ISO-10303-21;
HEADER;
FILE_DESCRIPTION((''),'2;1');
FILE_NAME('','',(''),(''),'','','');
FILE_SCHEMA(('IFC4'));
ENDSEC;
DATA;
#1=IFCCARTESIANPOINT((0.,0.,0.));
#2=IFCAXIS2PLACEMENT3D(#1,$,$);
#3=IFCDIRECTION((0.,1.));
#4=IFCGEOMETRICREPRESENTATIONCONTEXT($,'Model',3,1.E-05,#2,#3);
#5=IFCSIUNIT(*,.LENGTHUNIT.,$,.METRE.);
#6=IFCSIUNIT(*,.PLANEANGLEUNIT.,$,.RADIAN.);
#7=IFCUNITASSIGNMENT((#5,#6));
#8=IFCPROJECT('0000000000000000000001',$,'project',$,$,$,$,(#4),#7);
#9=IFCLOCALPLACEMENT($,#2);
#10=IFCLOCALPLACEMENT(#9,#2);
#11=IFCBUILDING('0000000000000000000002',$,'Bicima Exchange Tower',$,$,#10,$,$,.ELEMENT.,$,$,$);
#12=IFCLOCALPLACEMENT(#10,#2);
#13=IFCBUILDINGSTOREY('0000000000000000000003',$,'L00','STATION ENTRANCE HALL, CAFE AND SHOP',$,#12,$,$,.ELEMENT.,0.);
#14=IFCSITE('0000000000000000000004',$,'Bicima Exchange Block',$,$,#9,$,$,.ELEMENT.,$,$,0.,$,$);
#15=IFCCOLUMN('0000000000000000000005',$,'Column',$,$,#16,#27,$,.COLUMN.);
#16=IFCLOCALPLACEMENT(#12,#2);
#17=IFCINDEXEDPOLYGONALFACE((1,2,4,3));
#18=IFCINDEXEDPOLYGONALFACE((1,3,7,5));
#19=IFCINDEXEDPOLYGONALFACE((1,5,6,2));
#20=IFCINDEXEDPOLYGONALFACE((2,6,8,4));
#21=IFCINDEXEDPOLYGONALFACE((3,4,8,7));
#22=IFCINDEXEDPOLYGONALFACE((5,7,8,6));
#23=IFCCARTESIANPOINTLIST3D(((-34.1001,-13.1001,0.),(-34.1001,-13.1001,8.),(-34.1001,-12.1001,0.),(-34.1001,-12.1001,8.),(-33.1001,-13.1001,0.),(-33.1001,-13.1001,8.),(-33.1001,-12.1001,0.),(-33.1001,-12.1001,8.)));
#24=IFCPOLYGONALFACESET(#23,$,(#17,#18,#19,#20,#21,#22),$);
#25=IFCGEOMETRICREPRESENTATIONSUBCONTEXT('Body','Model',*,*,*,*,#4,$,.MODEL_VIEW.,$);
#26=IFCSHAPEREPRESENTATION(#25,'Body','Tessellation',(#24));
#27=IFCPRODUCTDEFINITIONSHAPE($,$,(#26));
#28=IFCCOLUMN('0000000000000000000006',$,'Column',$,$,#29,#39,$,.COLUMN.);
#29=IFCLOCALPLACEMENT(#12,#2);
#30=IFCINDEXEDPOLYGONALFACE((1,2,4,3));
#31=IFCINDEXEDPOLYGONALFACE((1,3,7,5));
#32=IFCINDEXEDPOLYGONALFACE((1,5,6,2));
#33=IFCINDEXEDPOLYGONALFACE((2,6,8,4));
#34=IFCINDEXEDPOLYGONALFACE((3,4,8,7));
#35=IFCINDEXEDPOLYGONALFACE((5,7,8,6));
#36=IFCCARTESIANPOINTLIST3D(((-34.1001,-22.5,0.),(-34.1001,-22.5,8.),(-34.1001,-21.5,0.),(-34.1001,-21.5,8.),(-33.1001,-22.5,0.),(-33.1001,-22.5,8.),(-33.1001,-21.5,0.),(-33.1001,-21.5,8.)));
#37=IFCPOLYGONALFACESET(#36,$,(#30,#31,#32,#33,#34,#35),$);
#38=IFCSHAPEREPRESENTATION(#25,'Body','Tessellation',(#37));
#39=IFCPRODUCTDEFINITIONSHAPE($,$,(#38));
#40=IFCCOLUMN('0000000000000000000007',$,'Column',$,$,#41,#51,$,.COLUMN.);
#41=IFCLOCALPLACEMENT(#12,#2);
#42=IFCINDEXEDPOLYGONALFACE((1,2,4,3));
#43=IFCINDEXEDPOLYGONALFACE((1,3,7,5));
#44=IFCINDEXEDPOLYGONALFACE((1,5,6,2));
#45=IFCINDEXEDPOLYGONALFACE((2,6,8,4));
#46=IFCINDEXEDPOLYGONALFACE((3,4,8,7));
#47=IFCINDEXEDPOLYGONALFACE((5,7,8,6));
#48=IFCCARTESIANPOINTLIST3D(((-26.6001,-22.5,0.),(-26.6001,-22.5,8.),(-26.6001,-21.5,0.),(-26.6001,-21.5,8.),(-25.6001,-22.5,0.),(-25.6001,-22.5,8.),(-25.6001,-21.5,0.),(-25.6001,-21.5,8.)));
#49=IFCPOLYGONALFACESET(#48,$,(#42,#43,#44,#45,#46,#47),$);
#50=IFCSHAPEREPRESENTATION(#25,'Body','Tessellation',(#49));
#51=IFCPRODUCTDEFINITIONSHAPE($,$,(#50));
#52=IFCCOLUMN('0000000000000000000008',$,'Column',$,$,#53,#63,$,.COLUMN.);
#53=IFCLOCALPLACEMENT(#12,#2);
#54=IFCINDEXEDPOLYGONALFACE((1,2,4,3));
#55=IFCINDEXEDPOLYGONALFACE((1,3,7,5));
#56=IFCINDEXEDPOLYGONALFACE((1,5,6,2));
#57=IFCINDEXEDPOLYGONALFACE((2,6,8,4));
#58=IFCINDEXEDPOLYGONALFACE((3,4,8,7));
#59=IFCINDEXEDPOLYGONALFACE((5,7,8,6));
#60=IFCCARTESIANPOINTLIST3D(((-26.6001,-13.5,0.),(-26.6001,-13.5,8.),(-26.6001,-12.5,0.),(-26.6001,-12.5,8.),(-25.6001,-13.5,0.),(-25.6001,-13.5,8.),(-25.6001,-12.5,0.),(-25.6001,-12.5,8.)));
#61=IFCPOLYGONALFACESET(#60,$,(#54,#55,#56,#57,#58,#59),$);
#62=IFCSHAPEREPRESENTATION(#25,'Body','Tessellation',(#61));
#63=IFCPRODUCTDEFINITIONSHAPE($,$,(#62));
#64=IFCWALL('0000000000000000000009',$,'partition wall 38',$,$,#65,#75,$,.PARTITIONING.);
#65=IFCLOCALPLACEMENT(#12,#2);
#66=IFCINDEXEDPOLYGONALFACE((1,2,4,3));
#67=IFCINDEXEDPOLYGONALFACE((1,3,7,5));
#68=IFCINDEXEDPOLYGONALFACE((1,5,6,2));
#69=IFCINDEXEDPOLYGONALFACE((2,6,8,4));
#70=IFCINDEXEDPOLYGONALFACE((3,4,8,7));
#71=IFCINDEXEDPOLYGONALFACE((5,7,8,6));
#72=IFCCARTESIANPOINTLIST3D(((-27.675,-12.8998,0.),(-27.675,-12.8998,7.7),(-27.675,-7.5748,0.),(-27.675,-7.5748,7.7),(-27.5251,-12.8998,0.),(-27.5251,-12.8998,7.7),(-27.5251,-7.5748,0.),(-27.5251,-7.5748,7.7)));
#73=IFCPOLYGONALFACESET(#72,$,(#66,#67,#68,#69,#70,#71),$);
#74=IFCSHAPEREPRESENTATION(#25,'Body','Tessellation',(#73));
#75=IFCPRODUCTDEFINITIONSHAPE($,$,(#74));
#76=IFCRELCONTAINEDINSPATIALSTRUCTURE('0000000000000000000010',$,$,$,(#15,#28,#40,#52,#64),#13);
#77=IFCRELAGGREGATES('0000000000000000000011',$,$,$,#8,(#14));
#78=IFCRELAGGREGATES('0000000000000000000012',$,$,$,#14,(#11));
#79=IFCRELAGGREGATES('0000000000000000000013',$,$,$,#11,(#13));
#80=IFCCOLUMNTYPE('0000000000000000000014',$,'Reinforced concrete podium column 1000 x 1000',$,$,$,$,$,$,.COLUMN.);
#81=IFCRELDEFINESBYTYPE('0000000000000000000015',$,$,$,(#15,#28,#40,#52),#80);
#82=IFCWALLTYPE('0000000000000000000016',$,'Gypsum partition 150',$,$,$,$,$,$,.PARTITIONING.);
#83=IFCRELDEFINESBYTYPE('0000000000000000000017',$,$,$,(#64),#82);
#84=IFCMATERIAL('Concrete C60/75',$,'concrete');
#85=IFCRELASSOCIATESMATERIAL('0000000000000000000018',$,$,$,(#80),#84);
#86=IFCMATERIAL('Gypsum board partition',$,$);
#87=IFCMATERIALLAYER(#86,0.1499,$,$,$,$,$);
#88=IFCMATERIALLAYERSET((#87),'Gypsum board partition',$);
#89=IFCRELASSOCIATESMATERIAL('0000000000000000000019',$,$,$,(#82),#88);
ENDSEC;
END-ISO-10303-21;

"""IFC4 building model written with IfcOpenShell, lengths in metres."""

from ifc_helpers import new_model, si_unit, direction, frame, frame_2d, origin, origin_2d, place, context, subcontext, project, spatial, rectangle, extrude, material, layer, layer_set, material_profile, profile_set, type_object, element, save


model = new_model("IFC4")

# Units and contexts
model_context = context("Model", 3, precision=1e-05, world=origin(), true_north=direction((0.0, 1.0)))
body_context = subcontext(model_context, "Body", "Model", "MODEL_VIEW")
ifc_project = project(units=[si_unit("LENGTHUNIT", "METRE"), si_unit("PLANEANGLEUNIT", "RADIAN")], contexts=[model_context])

# Site, building, storey
site_placement = place(None, origin())
site = spatial("IfcSite", under=ifc_project, at=site_placement, Name="Bicima Exchange Block", CompositionType="ELEMENT", RefElevation=0.0)
building_placement = place(site_placement, origin())
building = spatial("IfcBuilding", under=site, at=building_placement, Name="Bicima Exchange Tower", CompositionType="ELEMENT")
storey_placement = place(building_placement, origin())
storey = spatial("IfcBuildingStorey", under=building, at=storey_placement, Name="L00", Description="STATION ENTRANCE HALL, CAFE AND SHOP", CompositionType="ELEMENT", Elevation=0.0)

# Columns
ifc_material_1 = material(Name="Concrete C60/75", Category="concrete")
ifc_material_profile = material_profile(ifc_material_1, rectangle(XDim=1.0, YDim=1.0, at=origin_2d()))
ifc_profile_set = profile_set([ifc_material_profile], Name="Concrete C60/75")
column_type = type_object("IfcColumnType", Name="Reinforced concrete podium column 1000 x 1000", PredefinedType="COLUMN", material=ifc_profile_set)
for number, where, z_axis, x_axis, name in (
    (1, (-33.6001, -12.6001, 0.0), (0.0, 0.0, 1.0), (1.0, 0.0, 0.0), "Column"),
    (2, (-33.6001, -22.0, 0.0), (0.0, 0.0, 1.0), (1.0, 0.0, 0.0), "Column"),
    (3, (-26.1001, -22.0, 0.0), (0.0, 0.0, 1.0), (1.0, 0.0, 0.0), "Column"),
    (4, (-26.1001, -13.0, 0.0), (0.0, 0.0, 1.0), (1.0, 0.0, 0.0), "Column"),
):
    element("IfcColumn", number, at=place(storey_placement, frame(where, z_axis=z_axis, x_axis=x_axis)), inside=storey, type_object=column_type, Name=name, PredefinedType="COLUMN", context=body_context, shape_type="SweptSolid", body=[
        extrude(rectangle(XDim=1.0, YDim=1.0, at=origin_2d()), origin(), (0.0, 0.0, 1.0), 8.0),
    ])

# Wall
ifc_material_2 = material(Name="Gypsum board partition")
ifc_layer_1 = layer(ifc_material_2, 0.1499)
ifc_layer_set_1 = layer_set([ifc_layer_1], Name="Gypsum board partition")
wall_type_1 = type_object("IfcWallType", Name="Gypsum partition 150", PredefinedType="PARTITIONING", material=ifc_layer_set_1)
wall_1_placement = place(storey_placement, frame((-27.6001, -12.8999, 0.0), z_axis=(0.0, 0.0, 1.0), x_axis=(0.0, 1.0, 0.0)))
element("IfcWall", 5, at=wall_1_placement, inside=storey, type_object=wall_type_1, Name="partition wall 38", PredefinedType="PARTITIONING", context=body_context, shape_type="SweptSolid", body=[
    extrude(rectangle(XDim=5.325, YDim=0.1499, at=frame_2d((2.6626, 0.0))), origin(), (0.0, 0.0, 1.0), 7.7),
])

save(model, "model.ifc")
